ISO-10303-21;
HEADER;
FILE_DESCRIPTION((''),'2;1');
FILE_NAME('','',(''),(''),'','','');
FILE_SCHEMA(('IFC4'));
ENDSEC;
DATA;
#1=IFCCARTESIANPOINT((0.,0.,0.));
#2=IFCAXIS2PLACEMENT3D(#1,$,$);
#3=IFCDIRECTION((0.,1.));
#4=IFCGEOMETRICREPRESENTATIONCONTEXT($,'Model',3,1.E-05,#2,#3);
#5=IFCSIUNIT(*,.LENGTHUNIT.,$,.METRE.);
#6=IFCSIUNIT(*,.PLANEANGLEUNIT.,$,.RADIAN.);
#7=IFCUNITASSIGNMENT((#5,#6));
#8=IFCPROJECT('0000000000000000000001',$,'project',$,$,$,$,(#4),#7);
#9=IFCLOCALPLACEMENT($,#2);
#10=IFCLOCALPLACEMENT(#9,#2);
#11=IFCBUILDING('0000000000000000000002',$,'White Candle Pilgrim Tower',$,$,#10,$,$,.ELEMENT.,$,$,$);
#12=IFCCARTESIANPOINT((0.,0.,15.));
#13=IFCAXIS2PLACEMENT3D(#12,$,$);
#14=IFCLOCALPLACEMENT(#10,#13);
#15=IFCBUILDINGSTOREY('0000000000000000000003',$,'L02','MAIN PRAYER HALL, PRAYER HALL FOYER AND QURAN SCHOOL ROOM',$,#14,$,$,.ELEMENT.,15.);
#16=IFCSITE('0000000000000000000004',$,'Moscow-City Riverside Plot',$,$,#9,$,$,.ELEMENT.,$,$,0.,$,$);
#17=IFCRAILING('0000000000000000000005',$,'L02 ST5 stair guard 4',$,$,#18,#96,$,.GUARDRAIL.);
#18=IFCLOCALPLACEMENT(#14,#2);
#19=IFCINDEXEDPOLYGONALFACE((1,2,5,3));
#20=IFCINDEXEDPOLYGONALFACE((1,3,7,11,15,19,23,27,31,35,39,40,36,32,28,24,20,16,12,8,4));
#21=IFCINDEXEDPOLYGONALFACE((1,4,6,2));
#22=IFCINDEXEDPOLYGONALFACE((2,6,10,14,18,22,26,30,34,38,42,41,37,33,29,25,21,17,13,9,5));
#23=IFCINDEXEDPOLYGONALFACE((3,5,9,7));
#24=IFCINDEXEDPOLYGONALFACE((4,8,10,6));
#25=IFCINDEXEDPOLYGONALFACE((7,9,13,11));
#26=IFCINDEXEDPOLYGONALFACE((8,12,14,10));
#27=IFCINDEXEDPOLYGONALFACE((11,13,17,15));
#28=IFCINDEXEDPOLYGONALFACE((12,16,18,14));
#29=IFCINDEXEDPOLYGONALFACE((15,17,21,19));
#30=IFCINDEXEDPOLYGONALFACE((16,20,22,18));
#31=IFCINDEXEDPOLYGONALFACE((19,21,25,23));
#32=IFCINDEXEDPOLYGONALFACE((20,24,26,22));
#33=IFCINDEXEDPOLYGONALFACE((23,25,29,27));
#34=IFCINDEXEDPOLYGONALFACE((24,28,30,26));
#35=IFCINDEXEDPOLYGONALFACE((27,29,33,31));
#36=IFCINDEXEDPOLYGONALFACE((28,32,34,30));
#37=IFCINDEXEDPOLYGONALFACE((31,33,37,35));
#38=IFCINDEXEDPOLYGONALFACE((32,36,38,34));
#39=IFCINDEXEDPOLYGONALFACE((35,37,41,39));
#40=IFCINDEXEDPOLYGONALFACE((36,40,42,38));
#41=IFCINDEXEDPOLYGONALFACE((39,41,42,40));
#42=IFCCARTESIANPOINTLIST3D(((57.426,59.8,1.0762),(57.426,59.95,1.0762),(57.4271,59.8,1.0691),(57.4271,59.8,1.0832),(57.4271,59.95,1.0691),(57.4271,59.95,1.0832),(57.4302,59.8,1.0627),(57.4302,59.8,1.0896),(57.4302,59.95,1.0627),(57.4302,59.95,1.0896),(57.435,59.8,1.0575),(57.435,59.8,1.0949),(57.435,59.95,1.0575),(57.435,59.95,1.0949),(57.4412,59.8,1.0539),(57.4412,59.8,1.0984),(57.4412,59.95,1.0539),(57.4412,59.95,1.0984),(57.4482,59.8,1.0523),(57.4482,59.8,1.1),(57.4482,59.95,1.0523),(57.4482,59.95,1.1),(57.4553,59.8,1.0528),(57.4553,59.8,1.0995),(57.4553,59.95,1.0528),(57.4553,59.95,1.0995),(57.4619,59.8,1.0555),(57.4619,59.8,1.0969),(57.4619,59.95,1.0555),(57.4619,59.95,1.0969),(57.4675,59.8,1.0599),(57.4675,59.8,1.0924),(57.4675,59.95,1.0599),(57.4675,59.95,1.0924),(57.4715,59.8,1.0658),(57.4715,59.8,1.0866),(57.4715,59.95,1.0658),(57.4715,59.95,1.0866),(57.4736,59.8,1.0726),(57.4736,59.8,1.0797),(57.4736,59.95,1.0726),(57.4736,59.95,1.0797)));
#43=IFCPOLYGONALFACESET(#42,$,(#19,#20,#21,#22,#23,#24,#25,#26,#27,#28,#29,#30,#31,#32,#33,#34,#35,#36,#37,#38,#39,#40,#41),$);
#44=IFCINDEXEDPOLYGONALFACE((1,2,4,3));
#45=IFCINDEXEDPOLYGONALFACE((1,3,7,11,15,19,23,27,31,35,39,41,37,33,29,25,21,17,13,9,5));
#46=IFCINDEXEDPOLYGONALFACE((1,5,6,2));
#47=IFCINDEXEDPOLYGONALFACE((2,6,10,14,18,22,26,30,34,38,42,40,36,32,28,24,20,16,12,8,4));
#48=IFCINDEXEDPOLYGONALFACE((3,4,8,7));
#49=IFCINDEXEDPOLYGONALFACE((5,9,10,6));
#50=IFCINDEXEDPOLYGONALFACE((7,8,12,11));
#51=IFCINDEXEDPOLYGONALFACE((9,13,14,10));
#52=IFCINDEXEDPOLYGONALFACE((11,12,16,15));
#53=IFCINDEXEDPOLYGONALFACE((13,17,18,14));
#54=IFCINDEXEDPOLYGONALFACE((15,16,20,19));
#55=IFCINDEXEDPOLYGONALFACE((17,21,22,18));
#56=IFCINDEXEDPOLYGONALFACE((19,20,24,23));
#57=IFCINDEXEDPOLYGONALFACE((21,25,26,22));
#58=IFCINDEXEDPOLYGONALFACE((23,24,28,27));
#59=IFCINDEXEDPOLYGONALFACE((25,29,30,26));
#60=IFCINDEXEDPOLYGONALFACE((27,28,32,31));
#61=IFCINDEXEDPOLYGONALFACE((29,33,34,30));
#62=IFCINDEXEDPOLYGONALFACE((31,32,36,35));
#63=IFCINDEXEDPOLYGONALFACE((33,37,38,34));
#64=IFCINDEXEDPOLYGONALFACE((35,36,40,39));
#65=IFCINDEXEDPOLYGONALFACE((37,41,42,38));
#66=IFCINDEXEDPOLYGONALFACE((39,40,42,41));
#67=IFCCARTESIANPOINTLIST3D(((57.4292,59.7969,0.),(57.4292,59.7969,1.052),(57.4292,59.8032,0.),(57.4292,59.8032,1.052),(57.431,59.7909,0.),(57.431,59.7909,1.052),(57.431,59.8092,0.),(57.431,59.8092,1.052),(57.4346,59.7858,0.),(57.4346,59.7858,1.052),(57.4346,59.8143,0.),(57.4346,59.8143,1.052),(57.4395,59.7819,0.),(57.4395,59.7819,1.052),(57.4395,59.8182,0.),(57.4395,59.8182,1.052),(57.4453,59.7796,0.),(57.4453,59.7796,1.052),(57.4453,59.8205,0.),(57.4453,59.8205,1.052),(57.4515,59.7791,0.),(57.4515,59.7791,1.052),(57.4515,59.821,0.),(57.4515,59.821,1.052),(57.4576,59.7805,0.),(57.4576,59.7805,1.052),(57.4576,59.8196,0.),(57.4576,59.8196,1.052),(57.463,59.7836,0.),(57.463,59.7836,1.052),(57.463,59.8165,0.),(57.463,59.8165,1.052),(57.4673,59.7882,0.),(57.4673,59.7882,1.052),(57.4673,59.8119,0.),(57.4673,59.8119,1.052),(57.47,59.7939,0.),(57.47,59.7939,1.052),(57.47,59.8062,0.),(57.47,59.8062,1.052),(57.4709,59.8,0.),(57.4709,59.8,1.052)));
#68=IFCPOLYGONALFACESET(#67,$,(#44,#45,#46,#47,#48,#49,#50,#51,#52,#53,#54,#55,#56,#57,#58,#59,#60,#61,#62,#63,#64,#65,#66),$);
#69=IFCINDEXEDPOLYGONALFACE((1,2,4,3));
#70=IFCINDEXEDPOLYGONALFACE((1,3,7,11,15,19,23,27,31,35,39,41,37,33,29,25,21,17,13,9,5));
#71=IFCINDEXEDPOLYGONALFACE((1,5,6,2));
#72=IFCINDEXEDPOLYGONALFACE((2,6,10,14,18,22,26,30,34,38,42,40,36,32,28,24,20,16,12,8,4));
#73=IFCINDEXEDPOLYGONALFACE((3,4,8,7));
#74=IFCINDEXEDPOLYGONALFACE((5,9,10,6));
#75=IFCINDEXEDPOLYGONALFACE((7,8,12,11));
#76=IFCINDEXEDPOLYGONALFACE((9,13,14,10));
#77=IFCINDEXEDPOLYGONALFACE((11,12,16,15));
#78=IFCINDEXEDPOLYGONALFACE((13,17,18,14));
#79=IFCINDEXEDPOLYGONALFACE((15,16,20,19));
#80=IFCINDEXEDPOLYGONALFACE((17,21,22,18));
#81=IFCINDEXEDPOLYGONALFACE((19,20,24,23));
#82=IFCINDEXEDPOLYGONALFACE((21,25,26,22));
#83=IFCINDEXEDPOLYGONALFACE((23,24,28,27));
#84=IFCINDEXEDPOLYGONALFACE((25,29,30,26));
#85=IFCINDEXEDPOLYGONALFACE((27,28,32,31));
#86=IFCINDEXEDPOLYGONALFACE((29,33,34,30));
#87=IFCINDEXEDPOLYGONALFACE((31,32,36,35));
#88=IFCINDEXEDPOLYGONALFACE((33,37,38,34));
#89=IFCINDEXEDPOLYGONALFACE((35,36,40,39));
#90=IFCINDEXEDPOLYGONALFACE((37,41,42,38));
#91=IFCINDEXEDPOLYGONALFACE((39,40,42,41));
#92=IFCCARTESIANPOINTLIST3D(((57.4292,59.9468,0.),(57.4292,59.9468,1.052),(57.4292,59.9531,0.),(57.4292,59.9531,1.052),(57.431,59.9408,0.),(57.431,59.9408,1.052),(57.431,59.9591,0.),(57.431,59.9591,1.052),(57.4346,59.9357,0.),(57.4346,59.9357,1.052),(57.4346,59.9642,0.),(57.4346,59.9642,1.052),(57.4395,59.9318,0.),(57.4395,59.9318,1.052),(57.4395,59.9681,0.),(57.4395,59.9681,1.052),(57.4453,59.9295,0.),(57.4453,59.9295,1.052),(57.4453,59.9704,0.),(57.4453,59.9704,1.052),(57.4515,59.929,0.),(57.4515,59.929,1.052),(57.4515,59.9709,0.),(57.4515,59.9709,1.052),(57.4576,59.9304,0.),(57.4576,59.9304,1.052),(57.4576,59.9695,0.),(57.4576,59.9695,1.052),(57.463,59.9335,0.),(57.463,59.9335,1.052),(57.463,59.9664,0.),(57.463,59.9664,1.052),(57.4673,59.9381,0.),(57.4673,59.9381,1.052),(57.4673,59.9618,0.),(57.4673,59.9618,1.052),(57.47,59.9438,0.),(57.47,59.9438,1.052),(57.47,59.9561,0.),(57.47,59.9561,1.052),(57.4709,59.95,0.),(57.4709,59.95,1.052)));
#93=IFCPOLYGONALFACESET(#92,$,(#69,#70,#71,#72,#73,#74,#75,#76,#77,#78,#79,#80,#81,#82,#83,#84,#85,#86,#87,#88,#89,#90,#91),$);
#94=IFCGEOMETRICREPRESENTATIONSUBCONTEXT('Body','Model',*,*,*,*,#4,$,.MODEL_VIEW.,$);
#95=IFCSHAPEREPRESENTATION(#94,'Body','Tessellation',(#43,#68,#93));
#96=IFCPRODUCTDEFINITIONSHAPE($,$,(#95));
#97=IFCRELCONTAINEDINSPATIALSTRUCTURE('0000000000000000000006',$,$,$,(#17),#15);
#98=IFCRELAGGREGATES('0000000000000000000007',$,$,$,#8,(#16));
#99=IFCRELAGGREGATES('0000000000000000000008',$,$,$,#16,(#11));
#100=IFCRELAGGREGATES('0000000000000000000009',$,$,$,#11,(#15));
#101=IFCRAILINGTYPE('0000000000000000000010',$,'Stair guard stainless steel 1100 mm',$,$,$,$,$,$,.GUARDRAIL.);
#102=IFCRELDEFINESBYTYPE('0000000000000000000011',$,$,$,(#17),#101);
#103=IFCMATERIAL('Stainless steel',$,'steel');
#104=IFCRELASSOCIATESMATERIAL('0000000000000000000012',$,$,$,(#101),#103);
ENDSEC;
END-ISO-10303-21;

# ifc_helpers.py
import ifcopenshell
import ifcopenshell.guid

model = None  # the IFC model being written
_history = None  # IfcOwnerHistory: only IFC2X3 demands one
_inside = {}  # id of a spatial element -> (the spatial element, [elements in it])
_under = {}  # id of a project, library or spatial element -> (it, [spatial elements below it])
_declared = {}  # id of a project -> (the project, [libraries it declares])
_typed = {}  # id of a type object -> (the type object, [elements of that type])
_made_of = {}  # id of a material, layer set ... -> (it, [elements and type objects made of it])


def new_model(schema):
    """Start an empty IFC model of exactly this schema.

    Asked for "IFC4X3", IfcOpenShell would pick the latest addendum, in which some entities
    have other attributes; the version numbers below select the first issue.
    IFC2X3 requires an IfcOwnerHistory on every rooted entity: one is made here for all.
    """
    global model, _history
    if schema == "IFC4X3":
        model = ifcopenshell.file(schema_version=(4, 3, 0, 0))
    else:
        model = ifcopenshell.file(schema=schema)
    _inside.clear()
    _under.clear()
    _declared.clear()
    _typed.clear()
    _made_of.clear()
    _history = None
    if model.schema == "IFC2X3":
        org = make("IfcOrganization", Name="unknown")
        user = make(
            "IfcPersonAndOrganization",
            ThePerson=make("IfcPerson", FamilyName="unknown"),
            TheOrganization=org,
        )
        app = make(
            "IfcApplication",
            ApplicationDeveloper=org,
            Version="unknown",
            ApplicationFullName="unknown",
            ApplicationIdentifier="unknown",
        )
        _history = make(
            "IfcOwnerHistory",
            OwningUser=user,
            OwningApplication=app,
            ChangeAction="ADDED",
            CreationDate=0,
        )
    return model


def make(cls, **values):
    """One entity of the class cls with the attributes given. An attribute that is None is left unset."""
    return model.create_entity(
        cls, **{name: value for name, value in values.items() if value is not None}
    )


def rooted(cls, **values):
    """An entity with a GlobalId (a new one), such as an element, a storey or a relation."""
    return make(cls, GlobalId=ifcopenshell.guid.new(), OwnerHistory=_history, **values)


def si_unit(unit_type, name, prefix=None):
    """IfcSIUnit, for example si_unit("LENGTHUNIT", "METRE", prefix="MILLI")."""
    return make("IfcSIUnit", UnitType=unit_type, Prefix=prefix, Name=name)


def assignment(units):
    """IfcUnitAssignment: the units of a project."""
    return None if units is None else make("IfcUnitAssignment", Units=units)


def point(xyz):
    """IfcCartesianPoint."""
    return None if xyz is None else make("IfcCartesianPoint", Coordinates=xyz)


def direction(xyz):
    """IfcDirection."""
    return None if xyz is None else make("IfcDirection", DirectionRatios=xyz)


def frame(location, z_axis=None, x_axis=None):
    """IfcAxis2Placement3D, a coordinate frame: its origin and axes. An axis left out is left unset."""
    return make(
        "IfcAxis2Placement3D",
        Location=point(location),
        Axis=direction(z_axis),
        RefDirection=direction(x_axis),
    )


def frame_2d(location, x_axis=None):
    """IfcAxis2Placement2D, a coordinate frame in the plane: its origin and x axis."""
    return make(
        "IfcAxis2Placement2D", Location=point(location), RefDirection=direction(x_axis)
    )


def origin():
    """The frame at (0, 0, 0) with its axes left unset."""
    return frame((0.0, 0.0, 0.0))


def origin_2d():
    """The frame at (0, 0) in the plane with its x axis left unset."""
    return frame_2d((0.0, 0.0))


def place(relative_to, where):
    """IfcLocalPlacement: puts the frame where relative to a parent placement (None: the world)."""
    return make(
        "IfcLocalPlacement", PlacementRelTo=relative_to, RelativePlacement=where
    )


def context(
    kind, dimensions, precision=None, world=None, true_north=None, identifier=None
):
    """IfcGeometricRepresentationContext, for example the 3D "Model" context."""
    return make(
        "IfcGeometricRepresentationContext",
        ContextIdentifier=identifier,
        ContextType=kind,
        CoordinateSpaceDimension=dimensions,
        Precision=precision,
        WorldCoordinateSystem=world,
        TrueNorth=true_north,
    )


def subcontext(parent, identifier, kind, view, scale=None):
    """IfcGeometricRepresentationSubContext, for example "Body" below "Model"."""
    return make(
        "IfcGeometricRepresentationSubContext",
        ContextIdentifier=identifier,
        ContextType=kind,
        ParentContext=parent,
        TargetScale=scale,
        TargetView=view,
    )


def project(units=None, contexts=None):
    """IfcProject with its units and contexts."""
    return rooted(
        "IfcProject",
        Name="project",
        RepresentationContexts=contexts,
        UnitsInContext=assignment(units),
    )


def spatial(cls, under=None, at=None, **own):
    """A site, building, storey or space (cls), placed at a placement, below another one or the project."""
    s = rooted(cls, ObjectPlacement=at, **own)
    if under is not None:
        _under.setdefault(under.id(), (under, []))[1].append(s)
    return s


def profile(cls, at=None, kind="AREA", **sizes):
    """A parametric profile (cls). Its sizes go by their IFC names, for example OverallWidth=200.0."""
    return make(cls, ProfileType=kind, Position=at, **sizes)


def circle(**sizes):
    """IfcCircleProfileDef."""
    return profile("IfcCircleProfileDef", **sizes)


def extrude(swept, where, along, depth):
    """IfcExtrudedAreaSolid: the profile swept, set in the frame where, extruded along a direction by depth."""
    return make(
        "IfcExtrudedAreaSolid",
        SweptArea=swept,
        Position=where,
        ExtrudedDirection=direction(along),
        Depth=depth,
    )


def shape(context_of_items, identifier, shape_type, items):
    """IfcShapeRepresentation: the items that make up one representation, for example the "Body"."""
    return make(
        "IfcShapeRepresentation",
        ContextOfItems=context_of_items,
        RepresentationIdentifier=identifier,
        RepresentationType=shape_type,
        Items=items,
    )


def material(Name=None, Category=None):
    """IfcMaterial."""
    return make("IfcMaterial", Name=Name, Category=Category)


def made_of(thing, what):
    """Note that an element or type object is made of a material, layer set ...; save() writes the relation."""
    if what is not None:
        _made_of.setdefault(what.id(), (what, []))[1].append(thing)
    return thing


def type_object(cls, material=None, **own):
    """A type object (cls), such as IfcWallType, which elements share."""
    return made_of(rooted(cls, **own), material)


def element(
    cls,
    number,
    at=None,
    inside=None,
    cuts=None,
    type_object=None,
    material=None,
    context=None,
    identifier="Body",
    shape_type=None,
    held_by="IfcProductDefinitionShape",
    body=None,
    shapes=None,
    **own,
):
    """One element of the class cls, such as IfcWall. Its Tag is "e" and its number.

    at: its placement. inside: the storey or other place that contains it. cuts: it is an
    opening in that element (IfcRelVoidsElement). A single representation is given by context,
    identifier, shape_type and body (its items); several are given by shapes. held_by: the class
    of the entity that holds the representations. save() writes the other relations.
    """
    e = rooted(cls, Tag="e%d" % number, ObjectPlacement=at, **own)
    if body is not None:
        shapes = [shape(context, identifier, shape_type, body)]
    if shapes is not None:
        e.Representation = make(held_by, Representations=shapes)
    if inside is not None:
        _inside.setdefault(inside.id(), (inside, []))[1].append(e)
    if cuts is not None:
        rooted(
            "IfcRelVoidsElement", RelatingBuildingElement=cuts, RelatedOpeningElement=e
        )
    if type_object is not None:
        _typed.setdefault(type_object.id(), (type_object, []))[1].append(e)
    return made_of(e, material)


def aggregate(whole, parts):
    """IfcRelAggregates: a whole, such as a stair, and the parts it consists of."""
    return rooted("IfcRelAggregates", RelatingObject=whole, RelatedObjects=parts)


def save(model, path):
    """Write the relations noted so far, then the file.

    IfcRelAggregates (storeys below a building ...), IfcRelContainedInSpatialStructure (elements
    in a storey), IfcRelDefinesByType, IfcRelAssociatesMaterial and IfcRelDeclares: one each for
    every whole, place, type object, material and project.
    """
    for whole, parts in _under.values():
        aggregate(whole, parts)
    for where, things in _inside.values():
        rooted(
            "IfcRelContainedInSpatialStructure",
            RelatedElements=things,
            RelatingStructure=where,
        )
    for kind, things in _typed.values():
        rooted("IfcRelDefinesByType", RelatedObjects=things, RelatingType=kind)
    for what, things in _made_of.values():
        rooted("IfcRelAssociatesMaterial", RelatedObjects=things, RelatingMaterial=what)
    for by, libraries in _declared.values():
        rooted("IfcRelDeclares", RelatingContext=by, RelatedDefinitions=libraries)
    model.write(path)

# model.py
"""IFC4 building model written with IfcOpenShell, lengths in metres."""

from ifc_helpers import new_model, si_unit, direction, frame, origin, origin_2d, place, context, subcontext, project, spatial, circle, extrude, material, type_object, element, save


model = new_model("IFC4")

# Units and contexts
model_context = context("Model", 3, precision=1e-05, world=origin(), true_north=direction((0.0, 1.0)))
body_context = subcontext(model_context, "Body", "Model", "MODEL_VIEW")
ifc_project = project(units=[si_unit("LENGTHUNIT", "METRE"), si_unit("PLANEANGLEUNIT", "RADIAN")], contexts=[model_context])

# Site, building, storey
site_placement = place(None, origin())
site = spatial("IfcSite", under=ifc_project, at=site_placement, Name="Moscow-City Riverside Plot", CompositionType="ELEMENT", RefElevation=0.0)
building_placement = place(site_placement, origin())
building = spatial("IfcBuilding", under=site, at=building_placement, Name="White Candle Pilgrim Tower", CompositionType="ELEMENT")
storey_placement = place(building_placement, frame((0.0, 0.0, 15.0)))
storey = spatial("IfcBuildingStorey", under=building, at=storey_placement, Name="L02", Description="MAIN PRAYER HALL, PRAYER HALL FOYER AND QURAN SCHOOL ROOM", CompositionType="ELEMENT", Elevation=15.0)

# Shared definitions
ifc_material_1 = material(Name="Stainless steel", Category="steel")

# Railing
railing_type_1 = type_object("IfcRailingType", Name="Stair guard stainless steel 1100 mm", PredefinedType="GUARDRAIL", material=ifc_material_1)
railing_1_placement = place(storey_placement, frame((57.45, 59.8, 0.0)))
element("IfcRailing", 1, at=railing_1_placement, inside=storey, type_object=railing_type_1, Name="L02 ST5 stair guard 4", PredefinedType="GUARDRAIL", context=body_context, shape_type="SweptSolid", body=[
    extrude(circle(Radius=0.0239, at=origin_2d()), frame((0.0, 0.0, 1.0762), z_axis=(0.0, 1.0, 0.0), x_axis=(-1.0, 0.0, 0.0)), (0.0, 0.0, 1.0), 0.1499),
    extrude(circle(Radius=0.021, at=origin_2d()), origin(), (0.0, 0.0, 1.0), 1.052),
    extrude(circle(Radius=0.021, at=origin_2d()), frame((0.0, 0.1499, 0.0)), (0.0, 0.0, 1.0), 1.052),
])

save(model, "model.ifc")
